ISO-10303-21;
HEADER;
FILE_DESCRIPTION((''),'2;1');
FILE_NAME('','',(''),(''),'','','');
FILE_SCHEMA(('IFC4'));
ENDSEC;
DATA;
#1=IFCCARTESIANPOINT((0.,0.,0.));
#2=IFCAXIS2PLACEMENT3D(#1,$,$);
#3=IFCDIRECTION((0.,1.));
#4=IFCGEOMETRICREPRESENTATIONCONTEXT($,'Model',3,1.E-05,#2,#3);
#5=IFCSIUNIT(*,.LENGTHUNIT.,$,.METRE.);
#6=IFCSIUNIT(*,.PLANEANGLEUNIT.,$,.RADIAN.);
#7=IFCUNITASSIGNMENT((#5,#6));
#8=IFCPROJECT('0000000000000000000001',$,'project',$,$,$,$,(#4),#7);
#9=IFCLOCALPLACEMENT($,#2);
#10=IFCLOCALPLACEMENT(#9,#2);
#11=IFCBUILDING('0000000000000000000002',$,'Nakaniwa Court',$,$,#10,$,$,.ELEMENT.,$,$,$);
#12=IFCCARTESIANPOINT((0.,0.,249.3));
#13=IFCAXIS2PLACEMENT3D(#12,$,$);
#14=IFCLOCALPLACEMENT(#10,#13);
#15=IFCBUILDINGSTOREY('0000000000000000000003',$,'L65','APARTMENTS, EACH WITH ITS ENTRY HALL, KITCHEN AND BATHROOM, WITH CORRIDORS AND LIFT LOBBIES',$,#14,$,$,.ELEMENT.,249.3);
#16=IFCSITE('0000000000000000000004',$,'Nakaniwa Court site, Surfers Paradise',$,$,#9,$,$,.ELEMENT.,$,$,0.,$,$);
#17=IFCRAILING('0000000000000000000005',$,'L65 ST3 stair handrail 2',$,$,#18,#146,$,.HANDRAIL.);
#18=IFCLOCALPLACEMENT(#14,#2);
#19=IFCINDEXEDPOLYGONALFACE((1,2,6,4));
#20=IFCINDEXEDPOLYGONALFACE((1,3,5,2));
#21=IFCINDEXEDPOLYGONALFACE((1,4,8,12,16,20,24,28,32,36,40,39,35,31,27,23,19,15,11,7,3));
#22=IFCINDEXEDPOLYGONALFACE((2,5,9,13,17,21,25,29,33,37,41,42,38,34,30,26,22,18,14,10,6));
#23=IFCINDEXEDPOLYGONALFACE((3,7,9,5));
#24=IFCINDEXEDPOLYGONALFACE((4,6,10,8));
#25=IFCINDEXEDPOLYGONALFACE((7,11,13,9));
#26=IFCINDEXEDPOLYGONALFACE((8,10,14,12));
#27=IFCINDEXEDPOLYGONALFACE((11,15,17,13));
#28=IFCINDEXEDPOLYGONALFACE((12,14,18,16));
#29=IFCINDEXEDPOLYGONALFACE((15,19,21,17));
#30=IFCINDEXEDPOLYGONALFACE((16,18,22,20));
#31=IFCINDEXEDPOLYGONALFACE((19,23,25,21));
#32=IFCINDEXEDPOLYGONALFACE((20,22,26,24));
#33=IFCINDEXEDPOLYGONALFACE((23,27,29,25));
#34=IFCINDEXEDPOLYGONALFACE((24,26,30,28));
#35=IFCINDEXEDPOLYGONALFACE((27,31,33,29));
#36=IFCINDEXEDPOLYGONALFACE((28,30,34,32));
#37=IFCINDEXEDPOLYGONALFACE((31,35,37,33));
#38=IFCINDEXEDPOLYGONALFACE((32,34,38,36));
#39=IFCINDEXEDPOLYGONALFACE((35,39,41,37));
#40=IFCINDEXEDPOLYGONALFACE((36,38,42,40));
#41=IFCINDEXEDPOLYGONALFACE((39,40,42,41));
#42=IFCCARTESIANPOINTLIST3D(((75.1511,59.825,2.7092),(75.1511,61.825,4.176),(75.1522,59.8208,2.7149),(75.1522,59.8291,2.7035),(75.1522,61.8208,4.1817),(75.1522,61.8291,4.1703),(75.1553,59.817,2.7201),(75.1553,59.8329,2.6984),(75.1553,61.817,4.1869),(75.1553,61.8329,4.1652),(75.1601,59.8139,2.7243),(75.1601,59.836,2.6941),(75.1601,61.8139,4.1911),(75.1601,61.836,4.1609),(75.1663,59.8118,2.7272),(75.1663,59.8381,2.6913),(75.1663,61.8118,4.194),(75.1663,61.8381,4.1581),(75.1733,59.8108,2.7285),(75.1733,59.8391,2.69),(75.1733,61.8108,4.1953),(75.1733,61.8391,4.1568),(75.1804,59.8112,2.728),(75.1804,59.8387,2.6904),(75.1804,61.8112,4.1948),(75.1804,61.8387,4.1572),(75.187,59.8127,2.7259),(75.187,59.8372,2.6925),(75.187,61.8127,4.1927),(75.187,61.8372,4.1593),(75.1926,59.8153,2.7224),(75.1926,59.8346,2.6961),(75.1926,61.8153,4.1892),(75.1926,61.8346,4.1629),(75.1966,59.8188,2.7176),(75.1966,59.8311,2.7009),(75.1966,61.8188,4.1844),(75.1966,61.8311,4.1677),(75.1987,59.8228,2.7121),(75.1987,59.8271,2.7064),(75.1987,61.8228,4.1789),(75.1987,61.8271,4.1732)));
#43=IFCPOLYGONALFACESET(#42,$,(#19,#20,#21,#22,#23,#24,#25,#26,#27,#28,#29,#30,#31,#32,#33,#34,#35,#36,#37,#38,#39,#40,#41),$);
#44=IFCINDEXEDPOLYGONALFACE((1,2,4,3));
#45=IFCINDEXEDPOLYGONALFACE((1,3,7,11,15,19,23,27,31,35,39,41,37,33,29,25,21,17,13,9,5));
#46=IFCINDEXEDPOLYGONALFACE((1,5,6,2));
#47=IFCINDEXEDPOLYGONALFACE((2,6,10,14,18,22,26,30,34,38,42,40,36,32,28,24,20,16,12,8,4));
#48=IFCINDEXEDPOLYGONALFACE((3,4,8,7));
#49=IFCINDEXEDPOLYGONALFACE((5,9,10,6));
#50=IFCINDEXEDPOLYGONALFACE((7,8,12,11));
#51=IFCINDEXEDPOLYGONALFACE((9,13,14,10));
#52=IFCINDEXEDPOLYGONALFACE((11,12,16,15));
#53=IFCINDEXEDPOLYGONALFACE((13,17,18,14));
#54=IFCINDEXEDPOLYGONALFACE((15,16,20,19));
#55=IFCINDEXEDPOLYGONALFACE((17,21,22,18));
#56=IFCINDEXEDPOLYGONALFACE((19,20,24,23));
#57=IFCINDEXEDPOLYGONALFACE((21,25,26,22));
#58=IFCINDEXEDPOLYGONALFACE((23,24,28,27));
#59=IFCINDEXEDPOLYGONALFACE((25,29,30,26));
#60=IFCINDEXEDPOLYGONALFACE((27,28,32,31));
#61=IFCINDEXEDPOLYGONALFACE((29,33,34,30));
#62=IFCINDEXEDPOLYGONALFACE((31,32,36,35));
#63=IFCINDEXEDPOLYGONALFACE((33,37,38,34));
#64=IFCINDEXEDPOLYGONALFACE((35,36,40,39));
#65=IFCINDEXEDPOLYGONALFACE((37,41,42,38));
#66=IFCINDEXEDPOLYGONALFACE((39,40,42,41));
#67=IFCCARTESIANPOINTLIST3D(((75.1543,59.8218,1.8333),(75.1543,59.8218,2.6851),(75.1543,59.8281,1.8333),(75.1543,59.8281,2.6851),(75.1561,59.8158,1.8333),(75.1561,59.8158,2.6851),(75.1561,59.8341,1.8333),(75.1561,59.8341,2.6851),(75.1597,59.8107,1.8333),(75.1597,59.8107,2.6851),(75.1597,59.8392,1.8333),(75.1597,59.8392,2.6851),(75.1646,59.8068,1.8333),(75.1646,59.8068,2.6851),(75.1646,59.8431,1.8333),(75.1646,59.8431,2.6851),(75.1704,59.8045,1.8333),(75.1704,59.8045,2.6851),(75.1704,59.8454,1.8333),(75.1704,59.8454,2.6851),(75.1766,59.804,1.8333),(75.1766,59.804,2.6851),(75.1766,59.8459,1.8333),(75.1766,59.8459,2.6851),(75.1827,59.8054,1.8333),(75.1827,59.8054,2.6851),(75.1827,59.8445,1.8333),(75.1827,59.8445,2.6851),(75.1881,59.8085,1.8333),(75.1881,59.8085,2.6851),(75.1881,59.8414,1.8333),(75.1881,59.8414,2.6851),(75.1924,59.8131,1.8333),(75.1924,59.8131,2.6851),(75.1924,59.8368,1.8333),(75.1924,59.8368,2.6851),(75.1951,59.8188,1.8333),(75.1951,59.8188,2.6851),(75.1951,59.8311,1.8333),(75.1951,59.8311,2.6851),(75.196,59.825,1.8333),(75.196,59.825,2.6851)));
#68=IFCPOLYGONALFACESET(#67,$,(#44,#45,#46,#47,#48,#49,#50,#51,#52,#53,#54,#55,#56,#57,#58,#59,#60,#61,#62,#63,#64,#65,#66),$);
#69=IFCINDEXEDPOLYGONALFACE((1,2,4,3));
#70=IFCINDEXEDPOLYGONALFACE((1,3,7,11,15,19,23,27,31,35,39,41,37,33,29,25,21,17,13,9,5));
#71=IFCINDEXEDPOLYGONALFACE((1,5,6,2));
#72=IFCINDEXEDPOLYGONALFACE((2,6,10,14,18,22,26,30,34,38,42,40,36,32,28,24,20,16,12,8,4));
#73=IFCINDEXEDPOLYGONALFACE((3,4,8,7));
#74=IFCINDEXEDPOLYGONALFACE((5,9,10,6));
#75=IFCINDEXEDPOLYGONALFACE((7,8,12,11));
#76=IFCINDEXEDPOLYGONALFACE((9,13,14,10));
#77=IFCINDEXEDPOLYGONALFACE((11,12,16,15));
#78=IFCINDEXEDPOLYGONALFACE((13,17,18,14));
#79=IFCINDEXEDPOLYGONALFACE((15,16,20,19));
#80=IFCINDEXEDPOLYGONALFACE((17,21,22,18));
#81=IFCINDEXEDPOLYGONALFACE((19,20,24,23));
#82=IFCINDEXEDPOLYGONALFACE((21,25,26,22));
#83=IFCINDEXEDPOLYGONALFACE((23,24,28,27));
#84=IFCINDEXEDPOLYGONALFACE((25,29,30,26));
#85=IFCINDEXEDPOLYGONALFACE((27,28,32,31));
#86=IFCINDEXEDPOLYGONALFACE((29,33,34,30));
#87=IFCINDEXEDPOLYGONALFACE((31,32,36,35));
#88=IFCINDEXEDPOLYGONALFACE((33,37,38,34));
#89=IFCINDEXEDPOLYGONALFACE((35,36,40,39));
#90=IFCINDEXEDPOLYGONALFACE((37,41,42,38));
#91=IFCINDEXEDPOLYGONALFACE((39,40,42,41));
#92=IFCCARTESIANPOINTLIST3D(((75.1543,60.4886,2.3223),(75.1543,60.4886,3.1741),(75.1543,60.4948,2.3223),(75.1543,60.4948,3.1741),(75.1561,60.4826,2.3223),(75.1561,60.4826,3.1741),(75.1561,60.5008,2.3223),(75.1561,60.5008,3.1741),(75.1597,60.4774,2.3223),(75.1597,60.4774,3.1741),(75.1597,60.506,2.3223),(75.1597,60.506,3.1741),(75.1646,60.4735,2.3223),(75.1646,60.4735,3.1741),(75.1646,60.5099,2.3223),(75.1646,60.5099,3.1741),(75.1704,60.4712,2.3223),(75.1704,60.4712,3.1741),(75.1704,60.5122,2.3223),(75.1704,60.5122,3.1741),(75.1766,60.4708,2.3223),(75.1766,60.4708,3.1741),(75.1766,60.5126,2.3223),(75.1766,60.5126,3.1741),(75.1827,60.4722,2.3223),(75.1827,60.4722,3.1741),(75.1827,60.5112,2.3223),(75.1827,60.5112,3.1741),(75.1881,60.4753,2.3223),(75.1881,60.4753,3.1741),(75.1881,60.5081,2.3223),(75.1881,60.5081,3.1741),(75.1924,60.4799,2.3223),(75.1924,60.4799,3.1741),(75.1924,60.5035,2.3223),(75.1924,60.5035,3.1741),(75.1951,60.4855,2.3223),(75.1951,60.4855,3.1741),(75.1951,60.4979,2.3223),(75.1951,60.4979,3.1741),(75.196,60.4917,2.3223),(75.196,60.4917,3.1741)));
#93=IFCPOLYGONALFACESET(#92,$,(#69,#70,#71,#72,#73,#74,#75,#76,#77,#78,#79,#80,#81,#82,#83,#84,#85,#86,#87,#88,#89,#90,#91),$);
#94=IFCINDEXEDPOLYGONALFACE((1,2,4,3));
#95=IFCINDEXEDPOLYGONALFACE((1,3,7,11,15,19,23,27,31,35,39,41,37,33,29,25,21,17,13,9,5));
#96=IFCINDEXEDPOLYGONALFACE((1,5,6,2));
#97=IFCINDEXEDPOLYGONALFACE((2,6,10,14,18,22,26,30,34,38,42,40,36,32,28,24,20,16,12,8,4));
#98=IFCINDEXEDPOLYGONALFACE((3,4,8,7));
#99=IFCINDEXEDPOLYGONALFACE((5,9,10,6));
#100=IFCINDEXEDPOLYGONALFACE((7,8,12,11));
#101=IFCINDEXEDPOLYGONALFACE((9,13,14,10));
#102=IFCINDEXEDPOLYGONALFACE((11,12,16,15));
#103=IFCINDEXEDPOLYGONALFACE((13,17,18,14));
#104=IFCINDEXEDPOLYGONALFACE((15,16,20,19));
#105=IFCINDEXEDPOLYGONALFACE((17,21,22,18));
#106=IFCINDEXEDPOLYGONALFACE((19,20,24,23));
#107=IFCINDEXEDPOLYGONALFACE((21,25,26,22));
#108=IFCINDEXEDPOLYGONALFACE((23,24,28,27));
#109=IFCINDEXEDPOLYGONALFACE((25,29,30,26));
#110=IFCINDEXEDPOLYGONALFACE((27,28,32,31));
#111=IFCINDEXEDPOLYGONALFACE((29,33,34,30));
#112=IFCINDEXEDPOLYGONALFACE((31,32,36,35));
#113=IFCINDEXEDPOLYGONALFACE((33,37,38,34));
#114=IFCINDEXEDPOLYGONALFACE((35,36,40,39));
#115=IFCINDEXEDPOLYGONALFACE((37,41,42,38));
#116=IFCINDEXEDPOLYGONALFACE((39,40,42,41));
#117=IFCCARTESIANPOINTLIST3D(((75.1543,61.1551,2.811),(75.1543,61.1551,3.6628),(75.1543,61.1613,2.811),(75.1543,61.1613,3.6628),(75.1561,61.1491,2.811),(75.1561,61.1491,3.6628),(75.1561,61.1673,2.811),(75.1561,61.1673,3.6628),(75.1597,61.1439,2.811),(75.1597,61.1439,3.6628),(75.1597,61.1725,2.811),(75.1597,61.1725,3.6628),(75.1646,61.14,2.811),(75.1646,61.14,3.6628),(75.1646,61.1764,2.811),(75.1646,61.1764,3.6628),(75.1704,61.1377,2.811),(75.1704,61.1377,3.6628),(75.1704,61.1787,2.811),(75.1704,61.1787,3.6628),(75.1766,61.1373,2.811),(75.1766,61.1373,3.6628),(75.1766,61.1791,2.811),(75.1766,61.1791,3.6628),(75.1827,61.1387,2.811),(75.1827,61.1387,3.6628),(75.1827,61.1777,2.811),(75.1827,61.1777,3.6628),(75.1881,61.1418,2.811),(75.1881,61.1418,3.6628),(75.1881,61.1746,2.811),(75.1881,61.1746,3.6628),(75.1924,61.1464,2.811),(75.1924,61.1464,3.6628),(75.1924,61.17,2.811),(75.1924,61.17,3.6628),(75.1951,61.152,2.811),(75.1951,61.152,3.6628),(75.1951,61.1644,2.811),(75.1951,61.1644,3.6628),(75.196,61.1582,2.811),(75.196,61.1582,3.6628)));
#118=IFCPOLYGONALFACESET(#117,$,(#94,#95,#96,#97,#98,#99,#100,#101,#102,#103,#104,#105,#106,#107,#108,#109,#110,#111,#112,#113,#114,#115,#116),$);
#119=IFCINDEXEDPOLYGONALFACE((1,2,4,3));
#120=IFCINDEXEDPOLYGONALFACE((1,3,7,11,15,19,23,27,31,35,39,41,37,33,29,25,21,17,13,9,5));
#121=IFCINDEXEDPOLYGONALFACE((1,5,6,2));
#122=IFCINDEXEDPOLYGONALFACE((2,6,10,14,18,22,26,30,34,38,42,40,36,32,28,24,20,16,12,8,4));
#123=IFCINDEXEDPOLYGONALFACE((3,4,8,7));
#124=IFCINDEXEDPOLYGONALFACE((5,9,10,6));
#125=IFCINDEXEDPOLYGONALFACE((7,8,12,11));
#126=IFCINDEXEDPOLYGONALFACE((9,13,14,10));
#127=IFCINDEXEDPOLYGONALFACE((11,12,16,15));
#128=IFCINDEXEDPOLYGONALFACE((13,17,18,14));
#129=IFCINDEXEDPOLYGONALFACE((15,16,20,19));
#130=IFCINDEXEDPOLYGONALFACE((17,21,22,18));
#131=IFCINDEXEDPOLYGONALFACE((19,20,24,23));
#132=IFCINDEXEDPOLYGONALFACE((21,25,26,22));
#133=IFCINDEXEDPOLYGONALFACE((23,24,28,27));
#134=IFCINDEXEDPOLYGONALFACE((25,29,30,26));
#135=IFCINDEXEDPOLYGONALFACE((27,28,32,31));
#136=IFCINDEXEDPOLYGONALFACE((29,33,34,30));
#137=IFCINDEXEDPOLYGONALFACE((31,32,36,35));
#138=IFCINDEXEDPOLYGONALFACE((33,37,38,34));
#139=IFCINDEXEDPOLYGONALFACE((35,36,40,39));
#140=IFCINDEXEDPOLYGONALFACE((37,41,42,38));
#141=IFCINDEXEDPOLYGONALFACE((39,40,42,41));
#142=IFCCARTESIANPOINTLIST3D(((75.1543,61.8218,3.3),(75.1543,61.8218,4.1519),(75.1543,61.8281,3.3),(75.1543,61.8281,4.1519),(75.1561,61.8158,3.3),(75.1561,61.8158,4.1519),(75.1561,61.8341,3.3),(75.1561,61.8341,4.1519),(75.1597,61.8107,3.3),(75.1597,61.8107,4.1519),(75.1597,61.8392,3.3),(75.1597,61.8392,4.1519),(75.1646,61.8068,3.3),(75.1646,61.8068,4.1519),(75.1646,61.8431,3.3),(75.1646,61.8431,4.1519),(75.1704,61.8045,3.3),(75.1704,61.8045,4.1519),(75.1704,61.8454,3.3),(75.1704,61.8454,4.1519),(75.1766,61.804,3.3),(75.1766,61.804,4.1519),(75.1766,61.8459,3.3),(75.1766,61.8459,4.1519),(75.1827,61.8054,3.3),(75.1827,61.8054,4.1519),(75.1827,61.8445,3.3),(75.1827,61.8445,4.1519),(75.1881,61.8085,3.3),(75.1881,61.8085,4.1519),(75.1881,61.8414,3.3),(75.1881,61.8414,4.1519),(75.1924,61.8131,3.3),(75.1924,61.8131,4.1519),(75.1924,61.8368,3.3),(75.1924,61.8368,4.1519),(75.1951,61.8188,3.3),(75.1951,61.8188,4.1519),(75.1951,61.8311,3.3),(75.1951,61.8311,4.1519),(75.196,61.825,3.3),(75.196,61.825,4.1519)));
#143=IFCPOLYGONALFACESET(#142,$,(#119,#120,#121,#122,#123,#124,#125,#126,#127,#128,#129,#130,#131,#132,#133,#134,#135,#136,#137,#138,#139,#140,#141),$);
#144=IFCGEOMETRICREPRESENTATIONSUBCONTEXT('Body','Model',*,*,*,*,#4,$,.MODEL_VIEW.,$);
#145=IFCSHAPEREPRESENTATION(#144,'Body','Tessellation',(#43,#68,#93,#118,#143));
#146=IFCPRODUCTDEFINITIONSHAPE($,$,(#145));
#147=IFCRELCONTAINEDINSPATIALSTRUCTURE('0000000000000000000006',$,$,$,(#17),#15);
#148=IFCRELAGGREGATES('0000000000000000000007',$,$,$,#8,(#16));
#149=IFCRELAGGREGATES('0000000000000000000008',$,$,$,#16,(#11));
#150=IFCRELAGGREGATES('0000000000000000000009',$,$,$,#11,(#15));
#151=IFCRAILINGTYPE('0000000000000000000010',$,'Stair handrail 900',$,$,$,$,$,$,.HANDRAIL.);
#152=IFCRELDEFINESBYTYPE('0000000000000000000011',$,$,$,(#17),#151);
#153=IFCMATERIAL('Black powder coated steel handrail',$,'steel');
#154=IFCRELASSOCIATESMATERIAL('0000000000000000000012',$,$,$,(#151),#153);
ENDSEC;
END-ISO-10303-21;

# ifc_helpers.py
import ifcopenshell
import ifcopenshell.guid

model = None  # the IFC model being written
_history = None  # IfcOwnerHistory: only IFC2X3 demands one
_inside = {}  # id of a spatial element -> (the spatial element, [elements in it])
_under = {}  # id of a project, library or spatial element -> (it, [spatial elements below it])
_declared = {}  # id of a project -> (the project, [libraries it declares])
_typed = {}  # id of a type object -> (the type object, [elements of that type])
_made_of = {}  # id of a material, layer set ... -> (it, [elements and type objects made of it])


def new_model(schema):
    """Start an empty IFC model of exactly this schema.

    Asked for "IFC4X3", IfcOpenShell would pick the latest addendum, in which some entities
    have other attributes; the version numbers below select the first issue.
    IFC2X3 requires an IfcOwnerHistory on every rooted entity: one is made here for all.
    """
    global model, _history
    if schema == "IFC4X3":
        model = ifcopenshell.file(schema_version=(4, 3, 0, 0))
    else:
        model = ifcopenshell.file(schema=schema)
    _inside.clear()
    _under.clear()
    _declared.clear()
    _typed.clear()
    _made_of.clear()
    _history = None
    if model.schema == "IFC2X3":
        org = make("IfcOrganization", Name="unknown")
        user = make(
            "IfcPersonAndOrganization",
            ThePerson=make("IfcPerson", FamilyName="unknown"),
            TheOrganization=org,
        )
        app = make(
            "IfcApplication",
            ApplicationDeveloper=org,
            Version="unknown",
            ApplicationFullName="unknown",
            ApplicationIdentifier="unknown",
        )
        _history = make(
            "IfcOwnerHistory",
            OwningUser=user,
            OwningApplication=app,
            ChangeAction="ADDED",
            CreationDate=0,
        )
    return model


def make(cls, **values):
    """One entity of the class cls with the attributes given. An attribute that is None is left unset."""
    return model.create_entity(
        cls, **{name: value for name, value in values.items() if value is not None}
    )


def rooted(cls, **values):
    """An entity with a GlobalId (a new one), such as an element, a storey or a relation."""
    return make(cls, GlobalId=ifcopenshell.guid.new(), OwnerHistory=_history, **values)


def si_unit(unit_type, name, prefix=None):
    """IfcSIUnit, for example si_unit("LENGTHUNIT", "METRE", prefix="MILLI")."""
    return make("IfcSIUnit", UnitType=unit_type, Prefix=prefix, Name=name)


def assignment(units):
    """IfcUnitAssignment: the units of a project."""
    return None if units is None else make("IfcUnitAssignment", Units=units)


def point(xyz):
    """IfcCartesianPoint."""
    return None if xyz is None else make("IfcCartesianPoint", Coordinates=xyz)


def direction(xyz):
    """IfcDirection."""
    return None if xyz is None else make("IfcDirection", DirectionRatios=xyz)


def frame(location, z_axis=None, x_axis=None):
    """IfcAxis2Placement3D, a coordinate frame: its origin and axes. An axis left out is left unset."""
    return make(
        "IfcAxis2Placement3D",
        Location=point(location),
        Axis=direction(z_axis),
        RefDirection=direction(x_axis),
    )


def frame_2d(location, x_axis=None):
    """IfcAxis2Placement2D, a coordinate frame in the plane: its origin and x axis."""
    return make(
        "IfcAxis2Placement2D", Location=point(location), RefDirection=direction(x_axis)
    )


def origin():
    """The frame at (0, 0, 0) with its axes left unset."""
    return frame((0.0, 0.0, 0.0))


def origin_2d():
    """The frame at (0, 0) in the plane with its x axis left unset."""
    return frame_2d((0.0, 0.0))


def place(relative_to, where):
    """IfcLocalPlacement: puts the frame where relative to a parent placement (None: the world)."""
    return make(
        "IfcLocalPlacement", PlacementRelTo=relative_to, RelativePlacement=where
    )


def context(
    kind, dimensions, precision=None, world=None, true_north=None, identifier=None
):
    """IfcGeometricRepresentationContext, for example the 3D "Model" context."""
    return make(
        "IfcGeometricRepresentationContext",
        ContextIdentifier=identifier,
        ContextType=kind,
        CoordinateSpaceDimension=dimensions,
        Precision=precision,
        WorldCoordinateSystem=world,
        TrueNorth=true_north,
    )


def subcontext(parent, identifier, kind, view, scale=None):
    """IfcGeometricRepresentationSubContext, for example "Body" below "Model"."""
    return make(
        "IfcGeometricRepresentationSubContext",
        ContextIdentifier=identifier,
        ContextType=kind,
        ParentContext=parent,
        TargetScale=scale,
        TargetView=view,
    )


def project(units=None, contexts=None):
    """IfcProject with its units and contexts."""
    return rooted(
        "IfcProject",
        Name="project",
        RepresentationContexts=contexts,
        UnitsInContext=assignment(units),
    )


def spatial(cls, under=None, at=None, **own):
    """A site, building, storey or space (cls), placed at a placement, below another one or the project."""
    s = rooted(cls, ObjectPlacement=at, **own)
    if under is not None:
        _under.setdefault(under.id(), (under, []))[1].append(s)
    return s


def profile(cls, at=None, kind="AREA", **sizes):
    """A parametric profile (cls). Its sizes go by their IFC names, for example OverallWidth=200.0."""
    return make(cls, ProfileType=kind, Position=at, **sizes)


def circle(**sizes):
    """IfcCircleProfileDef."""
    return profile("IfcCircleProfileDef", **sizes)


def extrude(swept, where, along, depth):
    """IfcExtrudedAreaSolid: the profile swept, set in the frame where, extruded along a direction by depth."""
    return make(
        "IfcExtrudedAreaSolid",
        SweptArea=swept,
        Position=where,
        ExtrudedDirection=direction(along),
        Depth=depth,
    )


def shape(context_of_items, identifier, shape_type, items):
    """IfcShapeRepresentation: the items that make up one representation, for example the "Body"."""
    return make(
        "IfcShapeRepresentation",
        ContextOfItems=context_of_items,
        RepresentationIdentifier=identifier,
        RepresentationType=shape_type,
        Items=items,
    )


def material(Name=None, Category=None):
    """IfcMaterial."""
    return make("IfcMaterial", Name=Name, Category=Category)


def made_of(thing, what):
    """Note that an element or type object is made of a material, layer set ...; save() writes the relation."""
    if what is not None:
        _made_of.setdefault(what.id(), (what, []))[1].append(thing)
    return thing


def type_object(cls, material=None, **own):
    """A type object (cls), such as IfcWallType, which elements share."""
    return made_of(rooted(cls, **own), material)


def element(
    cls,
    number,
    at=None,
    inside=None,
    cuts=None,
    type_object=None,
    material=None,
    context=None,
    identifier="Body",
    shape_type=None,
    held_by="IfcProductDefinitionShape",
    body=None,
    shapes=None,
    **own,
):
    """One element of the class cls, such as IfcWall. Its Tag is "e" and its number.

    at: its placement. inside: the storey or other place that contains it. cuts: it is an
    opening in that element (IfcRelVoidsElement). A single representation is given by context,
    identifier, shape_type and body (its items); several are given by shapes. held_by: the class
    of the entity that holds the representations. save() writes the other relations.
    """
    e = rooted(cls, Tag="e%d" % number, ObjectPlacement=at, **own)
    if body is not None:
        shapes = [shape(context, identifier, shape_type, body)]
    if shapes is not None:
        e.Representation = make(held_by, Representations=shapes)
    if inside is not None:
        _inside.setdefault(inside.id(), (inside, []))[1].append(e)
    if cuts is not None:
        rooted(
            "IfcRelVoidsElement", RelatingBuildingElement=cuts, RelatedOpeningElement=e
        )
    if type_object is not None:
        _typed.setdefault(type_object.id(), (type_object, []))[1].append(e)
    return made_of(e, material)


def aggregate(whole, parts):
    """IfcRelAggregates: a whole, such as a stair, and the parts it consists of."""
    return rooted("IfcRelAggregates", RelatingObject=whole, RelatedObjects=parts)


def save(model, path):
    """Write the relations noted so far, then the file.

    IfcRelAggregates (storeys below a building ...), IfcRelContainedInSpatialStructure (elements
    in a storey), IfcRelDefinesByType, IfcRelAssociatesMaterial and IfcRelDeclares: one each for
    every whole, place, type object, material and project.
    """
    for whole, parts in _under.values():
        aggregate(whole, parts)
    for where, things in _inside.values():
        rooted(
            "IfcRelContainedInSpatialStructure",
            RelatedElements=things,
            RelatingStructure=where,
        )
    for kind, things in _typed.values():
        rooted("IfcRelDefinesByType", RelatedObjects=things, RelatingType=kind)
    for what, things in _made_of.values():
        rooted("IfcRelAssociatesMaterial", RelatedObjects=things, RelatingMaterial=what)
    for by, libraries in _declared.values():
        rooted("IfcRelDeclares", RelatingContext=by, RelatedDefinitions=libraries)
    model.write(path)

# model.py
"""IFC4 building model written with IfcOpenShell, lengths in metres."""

from ifc_helpers import new_model, si_unit, direction, frame, origin, origin_2d, place, context, subcontext, project, spatial, circle, extrude, material, type_object, element, save


model = new_model("IFC4")

# Units and contexts
model_context = context("Model", 3, precision=1e-05, world=origin(), true_north=direction((0.0, 1.0)))
body_context = subcontext(model_context, "Body", "Model", "MODEL_VIEW")
ifc_project = project(units=[si_unit("LENGTHUNIT", "METRE"), si_unit("PLANEANGLEUNIT", "RADIAN")], contexts=[model_context])

# Site, building, storey
site_placement = place(None, origin())
site = spatial("IfcSite", under=ifc_project, at=site_placement, Name="Nakaniwa Court site, Surfers Paradise", CompositionType="ELEMENT", RefElevation=0.0)
building_placement = place(site_placement, origin())
building = spatial("IfcBuilding", under=site, at=building_placement, Name="Nakaniwa Court", CompositionType="ELEMENT")
storey_placement = place(building_placement, frame((0.0, 0.0, 249.3)))
storey = spatial("IfcBuildingStorey", under=building, at=storey_placement, Name="L65", Description="APARTMENTS, EACH WITH ITS ENTRY HALL, KITCHEN AND BATHROOM, WITH CORRIDORS AND LIFT LOBBIES", CompositionType="ELEMENT", Elevation=249.3)

# Railing
ifc_material_1 = material(Name="Black powder coated steel handrail", Category="steel")
railing_type_1 = type_object("IfcRailingType", Name="Stair handrail 900", PredefinedType="HANDRAIL", material=ifc_material_1)
railing_1_placement = place(storey_placement, frame((75.175, 59.825, 1.8333)))
element("IfcRailing", 1, at=railing_1_placement, inside=storey, type_object=railing_type_1, Name="L65 ST3 stair handrail 2", PredefinedType="HANDRAIL", context=body_context, shape_type="SweptSolid", body=[
    extrude(circle(Radius=0.0239, at=origin_2d()), frame((0.0, 0.0, 0.876), z_axis=(0.0, 0.80638, 0.591398), x_axis=(-1.0, 0.0, 0.0)), (0.0, 0.0, 1.0), 2.4802),
    extrude(circle(Radius=0.021, at=origin_2d()), origin(), (0.0, 0.0, 1.0), 0.8518),
    extrude(circle(Radius=0.021, at=origin_2d()), frame((0.0, 0.6667, 0.489)), (0.0, 0.0, 1.0), 0.8518),
    extrude(circle(Radius=0.021, at=origin_2d()), frame((0.0, 1.3333, 0.9778)), (0.0, 0.0, 1.0), 0.8518),
    extrude(circle(Radius=0.021, at=origin_2d()), frame((0.0, 2.0, 1.4668)), (0.0, 0.0, 1.0), 0.8518),
])

save(model, "model.ifc")
